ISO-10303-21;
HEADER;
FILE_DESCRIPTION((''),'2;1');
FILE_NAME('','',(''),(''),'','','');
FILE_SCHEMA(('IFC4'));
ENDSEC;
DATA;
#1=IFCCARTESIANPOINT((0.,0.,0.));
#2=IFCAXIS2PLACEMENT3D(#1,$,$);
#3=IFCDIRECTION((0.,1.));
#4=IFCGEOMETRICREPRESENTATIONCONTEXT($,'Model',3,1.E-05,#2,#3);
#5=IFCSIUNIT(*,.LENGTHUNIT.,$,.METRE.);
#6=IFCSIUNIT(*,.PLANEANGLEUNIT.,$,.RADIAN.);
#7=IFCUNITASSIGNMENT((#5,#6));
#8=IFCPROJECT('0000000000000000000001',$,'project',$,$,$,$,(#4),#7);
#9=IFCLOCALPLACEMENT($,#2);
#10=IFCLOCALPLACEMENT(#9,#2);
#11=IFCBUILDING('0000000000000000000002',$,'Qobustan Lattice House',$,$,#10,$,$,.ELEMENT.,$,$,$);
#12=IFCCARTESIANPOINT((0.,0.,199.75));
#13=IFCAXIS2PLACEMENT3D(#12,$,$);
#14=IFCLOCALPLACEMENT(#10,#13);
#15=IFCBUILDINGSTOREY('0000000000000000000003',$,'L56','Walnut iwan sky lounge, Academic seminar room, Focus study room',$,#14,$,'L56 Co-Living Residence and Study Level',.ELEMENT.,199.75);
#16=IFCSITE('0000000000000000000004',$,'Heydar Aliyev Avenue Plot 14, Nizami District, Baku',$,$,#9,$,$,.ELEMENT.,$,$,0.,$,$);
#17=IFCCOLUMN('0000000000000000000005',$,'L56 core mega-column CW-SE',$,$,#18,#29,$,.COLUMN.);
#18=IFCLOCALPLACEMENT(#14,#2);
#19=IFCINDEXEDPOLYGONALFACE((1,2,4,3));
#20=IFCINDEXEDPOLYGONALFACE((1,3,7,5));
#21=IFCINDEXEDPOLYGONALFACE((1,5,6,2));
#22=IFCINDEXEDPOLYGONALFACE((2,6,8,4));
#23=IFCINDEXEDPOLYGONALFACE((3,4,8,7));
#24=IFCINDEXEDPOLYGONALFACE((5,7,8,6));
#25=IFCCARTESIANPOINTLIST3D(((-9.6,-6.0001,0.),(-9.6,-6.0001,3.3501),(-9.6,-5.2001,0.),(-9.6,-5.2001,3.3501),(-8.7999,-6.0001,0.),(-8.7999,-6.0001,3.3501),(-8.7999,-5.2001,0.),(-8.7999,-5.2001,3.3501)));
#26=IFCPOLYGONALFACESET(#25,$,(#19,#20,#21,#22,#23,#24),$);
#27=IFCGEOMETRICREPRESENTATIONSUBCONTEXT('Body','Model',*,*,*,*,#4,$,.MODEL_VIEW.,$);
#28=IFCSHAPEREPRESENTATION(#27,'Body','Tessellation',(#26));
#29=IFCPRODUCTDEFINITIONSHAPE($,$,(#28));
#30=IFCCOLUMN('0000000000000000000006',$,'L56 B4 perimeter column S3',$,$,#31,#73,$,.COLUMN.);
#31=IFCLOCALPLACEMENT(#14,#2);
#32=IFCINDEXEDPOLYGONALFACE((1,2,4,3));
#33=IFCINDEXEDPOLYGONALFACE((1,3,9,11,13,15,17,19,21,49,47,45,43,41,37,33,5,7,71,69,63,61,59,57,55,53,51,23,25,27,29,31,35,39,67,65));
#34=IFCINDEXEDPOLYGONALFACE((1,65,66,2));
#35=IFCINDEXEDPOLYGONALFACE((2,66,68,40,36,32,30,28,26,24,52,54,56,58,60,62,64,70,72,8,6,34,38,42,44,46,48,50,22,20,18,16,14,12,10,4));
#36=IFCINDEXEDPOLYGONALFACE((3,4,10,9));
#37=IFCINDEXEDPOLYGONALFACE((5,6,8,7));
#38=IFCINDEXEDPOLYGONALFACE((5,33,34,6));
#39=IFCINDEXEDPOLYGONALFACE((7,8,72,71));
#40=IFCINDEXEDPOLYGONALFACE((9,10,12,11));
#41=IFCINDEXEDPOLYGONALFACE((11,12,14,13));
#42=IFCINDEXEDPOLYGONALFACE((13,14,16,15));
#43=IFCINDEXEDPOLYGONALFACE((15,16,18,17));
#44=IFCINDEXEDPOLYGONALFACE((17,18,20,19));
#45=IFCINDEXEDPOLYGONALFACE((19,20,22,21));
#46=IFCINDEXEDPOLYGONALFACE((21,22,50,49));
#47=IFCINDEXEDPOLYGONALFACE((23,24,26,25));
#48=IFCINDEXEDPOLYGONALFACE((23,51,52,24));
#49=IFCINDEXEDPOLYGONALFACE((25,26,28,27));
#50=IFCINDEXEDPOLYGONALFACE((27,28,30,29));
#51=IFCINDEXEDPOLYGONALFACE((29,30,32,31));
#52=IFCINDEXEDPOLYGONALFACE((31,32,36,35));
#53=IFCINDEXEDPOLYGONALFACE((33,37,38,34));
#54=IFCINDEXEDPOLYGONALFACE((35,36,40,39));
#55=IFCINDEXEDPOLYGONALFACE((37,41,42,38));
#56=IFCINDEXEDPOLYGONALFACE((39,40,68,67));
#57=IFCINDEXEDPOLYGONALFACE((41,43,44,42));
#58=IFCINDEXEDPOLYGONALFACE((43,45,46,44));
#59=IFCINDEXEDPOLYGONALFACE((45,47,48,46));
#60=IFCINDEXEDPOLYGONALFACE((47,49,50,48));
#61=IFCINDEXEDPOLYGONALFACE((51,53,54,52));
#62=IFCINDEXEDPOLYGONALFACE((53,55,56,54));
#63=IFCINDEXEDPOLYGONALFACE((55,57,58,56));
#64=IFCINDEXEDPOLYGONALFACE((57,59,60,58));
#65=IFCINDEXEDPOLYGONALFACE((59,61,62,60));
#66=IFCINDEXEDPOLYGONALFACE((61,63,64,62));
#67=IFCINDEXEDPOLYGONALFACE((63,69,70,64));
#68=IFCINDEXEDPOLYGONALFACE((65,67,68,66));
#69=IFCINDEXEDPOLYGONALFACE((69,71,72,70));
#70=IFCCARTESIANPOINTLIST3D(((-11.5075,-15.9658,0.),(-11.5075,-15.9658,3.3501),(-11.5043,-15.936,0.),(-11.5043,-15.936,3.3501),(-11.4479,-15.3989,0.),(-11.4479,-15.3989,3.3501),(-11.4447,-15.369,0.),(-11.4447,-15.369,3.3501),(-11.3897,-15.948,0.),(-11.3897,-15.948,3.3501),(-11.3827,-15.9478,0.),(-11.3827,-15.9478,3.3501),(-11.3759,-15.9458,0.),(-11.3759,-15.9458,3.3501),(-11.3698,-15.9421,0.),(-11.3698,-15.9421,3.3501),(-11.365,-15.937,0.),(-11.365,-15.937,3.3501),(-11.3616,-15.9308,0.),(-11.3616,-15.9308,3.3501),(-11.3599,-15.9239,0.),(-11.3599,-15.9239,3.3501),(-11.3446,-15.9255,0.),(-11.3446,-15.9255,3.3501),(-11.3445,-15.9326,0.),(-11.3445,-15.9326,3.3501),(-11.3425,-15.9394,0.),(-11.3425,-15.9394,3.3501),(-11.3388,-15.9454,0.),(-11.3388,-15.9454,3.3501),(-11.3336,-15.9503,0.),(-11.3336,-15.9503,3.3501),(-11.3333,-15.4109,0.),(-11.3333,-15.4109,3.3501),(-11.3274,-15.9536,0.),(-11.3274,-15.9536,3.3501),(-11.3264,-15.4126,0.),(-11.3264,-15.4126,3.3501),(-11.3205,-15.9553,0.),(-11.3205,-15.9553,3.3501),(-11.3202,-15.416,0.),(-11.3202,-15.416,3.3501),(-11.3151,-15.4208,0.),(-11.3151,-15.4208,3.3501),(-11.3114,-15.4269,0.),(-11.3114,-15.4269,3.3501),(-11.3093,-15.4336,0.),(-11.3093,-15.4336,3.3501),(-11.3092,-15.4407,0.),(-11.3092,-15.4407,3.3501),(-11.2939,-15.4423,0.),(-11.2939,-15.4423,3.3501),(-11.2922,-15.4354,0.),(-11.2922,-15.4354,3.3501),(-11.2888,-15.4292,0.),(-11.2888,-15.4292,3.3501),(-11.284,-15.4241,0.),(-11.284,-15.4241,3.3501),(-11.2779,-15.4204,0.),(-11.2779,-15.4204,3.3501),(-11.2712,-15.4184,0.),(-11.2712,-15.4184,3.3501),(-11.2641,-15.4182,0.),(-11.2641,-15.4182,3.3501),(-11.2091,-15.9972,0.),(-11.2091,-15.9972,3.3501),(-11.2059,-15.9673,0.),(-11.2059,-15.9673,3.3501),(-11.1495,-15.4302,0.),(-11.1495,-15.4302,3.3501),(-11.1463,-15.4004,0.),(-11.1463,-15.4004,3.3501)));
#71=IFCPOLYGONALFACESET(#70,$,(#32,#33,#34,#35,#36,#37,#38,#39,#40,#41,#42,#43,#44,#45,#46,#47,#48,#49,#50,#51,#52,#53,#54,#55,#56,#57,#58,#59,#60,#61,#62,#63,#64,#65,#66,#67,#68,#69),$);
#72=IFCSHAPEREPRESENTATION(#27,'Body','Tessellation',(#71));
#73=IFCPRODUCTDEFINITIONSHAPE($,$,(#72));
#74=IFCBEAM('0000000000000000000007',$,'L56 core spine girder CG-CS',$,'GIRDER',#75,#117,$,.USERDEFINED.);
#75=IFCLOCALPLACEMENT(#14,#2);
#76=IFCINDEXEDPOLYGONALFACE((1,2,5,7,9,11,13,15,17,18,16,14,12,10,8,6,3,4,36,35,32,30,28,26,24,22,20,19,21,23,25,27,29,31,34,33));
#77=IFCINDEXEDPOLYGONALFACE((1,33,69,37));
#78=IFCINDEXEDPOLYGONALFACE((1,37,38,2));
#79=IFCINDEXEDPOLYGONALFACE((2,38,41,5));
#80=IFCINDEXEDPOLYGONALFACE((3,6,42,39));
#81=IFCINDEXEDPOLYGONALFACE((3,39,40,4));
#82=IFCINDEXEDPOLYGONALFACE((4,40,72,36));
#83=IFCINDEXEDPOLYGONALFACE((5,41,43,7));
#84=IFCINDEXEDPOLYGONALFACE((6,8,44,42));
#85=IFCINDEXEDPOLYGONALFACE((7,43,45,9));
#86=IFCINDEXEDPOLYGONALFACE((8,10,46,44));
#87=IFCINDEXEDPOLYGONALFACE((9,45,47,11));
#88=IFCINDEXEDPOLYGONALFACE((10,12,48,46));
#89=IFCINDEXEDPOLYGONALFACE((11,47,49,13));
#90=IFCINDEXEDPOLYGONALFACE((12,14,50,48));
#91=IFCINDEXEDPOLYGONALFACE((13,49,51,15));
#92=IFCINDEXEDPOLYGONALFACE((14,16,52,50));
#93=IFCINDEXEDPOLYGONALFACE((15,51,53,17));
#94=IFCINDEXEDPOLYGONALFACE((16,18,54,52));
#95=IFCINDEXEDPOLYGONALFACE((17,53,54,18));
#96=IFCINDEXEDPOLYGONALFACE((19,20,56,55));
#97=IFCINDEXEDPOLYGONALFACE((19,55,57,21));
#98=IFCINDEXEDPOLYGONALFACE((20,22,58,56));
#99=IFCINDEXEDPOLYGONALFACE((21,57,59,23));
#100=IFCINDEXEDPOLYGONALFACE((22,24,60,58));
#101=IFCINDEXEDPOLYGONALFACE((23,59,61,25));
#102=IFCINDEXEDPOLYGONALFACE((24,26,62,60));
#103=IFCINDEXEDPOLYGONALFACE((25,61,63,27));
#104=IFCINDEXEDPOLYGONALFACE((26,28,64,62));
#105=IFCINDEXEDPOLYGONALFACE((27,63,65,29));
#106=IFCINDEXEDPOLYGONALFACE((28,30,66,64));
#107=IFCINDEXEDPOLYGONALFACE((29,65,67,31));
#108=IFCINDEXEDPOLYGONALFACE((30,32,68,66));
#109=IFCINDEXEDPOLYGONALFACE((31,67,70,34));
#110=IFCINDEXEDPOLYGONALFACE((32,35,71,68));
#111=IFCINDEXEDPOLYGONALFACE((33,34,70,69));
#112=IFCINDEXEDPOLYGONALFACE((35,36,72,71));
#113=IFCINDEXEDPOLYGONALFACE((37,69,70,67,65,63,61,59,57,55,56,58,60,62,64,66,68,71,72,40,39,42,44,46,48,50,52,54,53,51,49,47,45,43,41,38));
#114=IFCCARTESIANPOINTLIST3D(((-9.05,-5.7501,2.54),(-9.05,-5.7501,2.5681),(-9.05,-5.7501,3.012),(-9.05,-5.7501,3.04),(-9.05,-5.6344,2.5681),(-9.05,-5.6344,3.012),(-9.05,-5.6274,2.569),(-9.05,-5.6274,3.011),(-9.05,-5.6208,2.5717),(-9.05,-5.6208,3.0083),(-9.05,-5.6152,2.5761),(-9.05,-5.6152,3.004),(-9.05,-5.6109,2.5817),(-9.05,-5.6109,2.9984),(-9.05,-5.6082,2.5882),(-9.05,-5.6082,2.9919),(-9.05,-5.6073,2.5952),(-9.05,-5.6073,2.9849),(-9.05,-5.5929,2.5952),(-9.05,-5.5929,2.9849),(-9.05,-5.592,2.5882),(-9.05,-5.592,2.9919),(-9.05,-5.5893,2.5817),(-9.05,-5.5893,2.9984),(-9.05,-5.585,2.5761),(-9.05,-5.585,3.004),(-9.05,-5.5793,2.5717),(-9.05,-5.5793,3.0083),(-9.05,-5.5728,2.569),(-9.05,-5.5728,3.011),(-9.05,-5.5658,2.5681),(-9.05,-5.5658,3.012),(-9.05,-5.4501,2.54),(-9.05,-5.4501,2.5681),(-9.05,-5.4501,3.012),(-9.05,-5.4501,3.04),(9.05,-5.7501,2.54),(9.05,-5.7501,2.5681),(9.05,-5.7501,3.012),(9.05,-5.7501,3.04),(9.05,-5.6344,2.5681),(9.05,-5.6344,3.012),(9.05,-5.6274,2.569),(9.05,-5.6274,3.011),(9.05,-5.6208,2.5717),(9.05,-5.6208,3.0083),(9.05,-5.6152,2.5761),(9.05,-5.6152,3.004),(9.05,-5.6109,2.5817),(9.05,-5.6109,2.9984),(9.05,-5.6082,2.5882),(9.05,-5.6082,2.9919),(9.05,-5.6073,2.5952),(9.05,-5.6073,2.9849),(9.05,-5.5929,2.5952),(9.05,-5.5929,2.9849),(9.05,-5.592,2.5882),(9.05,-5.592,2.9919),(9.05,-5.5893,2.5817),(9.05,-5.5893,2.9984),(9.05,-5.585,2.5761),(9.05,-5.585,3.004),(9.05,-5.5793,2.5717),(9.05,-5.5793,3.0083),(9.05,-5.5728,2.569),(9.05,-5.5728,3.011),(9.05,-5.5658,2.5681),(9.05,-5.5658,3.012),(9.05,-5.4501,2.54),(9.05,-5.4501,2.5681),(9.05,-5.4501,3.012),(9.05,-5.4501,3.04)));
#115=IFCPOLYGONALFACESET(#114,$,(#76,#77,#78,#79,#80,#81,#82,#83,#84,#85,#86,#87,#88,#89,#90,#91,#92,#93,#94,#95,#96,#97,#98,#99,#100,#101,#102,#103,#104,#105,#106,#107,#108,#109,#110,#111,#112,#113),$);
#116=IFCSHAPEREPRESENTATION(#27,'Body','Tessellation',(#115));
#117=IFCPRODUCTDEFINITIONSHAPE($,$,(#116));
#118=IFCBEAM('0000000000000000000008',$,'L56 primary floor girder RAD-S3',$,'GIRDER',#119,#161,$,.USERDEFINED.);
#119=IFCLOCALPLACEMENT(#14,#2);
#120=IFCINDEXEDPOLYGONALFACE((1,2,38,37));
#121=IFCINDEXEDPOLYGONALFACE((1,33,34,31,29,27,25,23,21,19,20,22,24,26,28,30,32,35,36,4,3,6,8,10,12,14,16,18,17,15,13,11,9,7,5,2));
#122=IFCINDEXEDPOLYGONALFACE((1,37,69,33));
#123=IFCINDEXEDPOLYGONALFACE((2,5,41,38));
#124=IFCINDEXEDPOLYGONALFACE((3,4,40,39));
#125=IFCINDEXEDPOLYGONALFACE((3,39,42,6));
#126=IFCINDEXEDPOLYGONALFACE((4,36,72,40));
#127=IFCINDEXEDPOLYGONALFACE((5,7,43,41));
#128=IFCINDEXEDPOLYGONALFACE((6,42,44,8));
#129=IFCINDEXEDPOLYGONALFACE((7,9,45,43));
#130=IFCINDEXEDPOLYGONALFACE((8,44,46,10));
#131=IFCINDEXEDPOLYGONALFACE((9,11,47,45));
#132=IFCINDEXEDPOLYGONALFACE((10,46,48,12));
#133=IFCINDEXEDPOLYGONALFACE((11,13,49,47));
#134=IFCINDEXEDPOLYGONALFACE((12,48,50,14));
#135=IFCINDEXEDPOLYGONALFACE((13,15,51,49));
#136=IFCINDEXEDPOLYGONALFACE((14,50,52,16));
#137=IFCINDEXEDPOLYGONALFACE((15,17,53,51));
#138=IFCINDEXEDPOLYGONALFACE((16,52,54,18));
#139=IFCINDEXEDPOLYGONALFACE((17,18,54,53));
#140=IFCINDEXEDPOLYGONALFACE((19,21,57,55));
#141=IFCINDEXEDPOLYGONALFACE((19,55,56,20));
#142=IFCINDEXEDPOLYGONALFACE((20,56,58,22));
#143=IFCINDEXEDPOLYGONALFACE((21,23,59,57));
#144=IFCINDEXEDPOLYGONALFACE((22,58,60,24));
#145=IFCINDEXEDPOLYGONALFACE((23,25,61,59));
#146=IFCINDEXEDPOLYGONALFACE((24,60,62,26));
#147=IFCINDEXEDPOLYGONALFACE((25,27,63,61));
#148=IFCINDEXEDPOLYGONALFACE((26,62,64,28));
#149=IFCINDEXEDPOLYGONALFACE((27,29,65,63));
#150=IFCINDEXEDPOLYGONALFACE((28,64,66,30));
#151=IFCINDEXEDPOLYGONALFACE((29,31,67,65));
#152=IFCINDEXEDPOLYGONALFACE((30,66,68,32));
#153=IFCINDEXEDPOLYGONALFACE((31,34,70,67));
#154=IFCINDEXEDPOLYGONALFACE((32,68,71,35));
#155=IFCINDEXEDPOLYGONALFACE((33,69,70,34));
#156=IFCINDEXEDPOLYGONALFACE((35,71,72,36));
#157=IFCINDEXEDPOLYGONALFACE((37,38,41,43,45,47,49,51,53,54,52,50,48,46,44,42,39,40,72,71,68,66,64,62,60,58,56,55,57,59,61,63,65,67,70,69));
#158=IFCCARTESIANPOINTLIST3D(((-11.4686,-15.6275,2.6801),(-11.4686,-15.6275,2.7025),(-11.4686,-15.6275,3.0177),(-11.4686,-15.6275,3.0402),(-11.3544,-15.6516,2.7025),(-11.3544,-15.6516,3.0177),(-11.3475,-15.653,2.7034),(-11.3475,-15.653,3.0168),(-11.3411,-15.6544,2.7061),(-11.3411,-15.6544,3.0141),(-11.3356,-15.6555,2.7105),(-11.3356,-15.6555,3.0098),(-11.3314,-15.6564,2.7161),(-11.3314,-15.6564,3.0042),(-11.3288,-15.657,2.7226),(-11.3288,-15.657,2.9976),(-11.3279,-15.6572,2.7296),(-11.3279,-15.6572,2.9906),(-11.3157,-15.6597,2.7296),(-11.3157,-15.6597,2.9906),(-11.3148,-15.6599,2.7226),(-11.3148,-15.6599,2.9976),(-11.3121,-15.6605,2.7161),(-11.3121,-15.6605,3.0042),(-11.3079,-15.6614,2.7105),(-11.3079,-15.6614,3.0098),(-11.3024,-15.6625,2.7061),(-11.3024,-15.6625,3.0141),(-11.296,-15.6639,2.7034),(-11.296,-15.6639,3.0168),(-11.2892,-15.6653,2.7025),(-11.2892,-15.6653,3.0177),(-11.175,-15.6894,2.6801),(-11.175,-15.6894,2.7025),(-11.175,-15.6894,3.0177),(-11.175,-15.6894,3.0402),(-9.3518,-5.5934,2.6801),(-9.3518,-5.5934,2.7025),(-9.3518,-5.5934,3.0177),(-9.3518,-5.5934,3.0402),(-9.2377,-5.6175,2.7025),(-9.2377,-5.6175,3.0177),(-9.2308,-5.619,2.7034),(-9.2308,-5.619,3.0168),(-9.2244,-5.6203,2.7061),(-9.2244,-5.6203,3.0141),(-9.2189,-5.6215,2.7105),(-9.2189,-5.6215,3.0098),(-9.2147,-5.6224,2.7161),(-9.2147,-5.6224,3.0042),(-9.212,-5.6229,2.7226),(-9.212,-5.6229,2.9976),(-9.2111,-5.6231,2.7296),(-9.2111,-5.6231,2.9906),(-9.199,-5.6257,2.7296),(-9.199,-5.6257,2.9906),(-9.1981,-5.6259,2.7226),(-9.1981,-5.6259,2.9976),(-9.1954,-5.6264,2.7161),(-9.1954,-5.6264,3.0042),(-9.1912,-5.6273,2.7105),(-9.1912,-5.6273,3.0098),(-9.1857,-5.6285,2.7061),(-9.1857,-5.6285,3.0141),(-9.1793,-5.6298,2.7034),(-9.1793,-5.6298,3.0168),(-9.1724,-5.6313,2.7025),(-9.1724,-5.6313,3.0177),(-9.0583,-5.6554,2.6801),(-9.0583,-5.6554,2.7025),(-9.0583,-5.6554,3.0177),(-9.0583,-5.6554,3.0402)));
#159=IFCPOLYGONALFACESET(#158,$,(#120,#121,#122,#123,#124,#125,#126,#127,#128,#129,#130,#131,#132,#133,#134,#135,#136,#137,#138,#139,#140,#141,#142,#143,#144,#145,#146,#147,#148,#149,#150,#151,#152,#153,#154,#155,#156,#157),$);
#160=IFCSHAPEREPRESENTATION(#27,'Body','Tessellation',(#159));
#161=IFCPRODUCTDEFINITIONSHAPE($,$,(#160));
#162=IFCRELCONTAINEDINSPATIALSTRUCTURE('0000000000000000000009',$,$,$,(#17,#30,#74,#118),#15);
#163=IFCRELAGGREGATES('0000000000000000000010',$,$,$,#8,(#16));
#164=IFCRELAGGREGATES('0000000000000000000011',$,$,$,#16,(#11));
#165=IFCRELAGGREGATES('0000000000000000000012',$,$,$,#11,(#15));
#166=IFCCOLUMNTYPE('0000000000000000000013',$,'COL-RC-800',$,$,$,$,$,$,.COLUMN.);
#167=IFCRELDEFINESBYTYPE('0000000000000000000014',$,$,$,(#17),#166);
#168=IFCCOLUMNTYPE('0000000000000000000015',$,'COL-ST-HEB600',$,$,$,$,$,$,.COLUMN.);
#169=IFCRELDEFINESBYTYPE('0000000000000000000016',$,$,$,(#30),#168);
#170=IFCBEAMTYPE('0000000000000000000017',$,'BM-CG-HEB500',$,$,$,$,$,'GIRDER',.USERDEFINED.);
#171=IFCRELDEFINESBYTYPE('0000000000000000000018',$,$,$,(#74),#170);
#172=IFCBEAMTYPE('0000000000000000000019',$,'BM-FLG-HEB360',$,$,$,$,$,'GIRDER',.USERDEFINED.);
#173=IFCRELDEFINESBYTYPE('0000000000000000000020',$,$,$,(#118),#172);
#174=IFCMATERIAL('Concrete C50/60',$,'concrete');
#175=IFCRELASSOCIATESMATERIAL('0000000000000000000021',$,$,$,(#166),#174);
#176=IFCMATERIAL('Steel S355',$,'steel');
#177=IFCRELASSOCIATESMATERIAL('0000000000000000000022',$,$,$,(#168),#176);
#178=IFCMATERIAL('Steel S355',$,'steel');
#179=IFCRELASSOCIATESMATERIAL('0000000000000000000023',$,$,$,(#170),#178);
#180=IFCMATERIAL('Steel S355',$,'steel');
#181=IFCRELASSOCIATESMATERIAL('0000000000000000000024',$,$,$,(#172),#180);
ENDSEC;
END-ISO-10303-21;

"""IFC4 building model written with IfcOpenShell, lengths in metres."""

from ifc_helpers import new_model, si_unit, direction, frame, origin, origin_2d, place, context, subcontext, project, spatial, rectangle, i_section, extrude, material, material_profile, profile_set, type_object, element, save


model = new_model("IFC4")

# Units and contexts
model_context = context("Model", 3, precision=1e-05, world=origin(), true_north=direction((0.0, 1.0)))
body_context = subcontext(model_context, "Body", "Model", "MODEL_VIEW")
ifc_project = project(units=[si_unit("LENGTHUNIT", "METRE"), si_unit("PLANEANGLEUNIT", "RADIAN")], contexts=[model_context])

# Site, building, storey
site_placement = place(None, origin())
site = spatial("IfcSite", under=ifc_project, at=site_placement, Name="Heydar Aliyev Avenue Plot 14, Nizami District, Baku", CompositionType="ELEMENT", RefElevation=0.0)
building_placement = place(site_placement, origin())
building = spatial("IfcBuilding", under=site, at=building_placement, Name="Qobustan Lattice House", CompositionType="ELEMENT")
storey_placement = place(building_placement, frame((0.0, 0.0, 199.75)))
storey = spatial("IfcBuildingStorey", under=building, at=storey_placement, Name="L56", Description="Walnut iwan sky lounge, Academic seminar room, Focus study room", LongName="L56 Co-Living Residence and Study Level", CompositionType="ELEMENT", Elevation=199.75)

# Columns
ifc_material_1 = material(Name="Concrete C50/60", Category="concrete")
ifc_material_profile_1 = material_profile(ifc_material_1, rectangle(XDim=0.8, YDim=0.8, at=origin_2d()), Name="RC800x800")
ifc_profile_set_1 = profile_set([ifc_material_profile_1], Name="Concrete C50/60")
column_type_1 = type_object("IfcColumnType", Name="COL-RC-800", PredefinedType="COLUMN", material=ifc_profile_set_1)
column_1_placement = place(storey_placement, frame((-9.2, -5.6001, 0.0), z_axis=(0.0, 0.0, 1.0), x_axis=(1.0, 0.0, 0.0)))
element("IfcColumn", 1, at=column_1_placement, inside=storey, type_object=column_type_1, Name="L56 core mega-column CW-SE", PredefinedType="COLUMN", context=body_context, shape_type="SweptSolid", body=[
    extrude(rectangle(XDim=0.8, YDim=0.8, at=origin_2d()), origin(), (0.0, 0.0, 1.0), 3.3501),
])
ifc_material_2 = material(Name="Steel S355", Category="steel")
ifc_material_profile_2 = material_profile(ifc_material_2, i_section(OverallWidth=0.3, OverallDepth=0.6001, WebThickness=0.0154, FlangeThickness=0.03, FilletRadius=0.0271, at=origin_2d()), Name="HEB600")
ifc_profile_set_2 = profile_set([ifc_material_profile_2], Name="Steel S355")
column_type_2 = type_object("IfcColumnType", Name="COL-ST-HEB600", PredefinedType="COLUMN", material=ifc_profile_set_2)
column_2_placement = place(storey_placement, frame((-11.3269, -15.6831, 0.0), z_axis=(0.0, 0.0, 1.0), x_axis=(0.994522, -0.104528, 0.0)))
element("IfcColumn", 2, at=column_2_placement, inside=storey, type_object=column_type_2, Name="L56 B4 perimeter column S3", PredefinedType="COLUMN", context=body_context, shape_type="SweptSolid", body=[
    extrude(i_section(OverallWidth=0.3, OverallDepth=0.6001, WebThickness=0.0154, FlangeThickness=0.03, FilletRadius=0.0271, at=origin_2d()), origin(), (0.0, 0.0, 1.0), 3.3501),
])

# Beams
ifc_material_3 = material(Name="Steel S355", Category="steel")
ifc_material_profile_3 = material_profile(ifc_material_3, i_section(OverallWidth=0.3, OverallDepth=0.5, WebThickness=0.0144, FlangeThickness=0.0281, FilletRadius=0.0271, at=origin_2d()), Name="HEB500")
ifc_profile_set_3 = profile_set([ifc_material_profile_3], Name="Steel S355")
beam_type_1 = type_object("IfcBeamType", Name="BM-CG-HEB500", ElementType="GIRDER", PredefinedType="USERDEFINED", material=ifc_profile_set_3)
beam_1_placement = place(storey_placement, frame((-9.05, -5.6001, 2.79), z_axis=(1.0, 0.0, 0.0), x_axis=(0.0, 1.0, 0.0)))
element("IfcBeam", 3, at=beam_1_placement, inside=storey, type_object=beam_type_1, Name="L56 core spine girder CG-CS", ObjectType="GIRDER", PredefinedType="USERDEFINED", context=body_context, shape_type="SweptSolid", body=[
    extrude(i_section(OverallWidth=0.3, OverallDepth=0.5, WebThickness=0.0144, FlangeThickness=0.0281, FilletRadius=0.0271, at=origin_2d()), origin(), (0.0, 0.0, 1.0), 18.1001),
])
ifc_material_4 = material(Name="Steel S355", Category="steel")
ifc_material_profile_4 = material_profile(ifc_material_4, i_section(OverallWidth=0.3, OverallDepth=0.3601, WebThickness=0.0125, FlangeThickness=0.0225, FilletRadius=0.0271, at=origin_2d()), Name="HEB360")
ifc_profile_set_4 = profile_set([ifc_material_profile_4], Name="Steel S355")
beam_type_2 = type_object("IfcBeamType", Name="BM-FLG-HEB360", ElementType="GIRDER", PredefinedType="USERDEFINED", material=ifc_profile_set_4)
beam_2_placement = place(storey_placement, frame((-11.3218, -15.6584, 2.8601), z_axis=(0.206411, 0.978465, 0.0), x_axis=(-0.978465, 0.206411, 0.0)))
element("IfcBeam", 4, at=beam_2_placement, inside=storey, type_object=beam_type_2, Name="L56 primary floor girder RAD-S3", ObjectType="GIRDER", PredefinedType="USERDEFINED", context=body_context, shape_type="SweptSolid", body=[
    extrude(i_section(OverallWidth=0.3, OverallDepth=0.3601, WebThickness=0.0125, FlangeThickness=0.0225, FilletRadius=0.0271, at=origin_2d()), origin(), (0.0, 0.0, 1.0), 10.2549),
])

save(model, "model.ifc")
